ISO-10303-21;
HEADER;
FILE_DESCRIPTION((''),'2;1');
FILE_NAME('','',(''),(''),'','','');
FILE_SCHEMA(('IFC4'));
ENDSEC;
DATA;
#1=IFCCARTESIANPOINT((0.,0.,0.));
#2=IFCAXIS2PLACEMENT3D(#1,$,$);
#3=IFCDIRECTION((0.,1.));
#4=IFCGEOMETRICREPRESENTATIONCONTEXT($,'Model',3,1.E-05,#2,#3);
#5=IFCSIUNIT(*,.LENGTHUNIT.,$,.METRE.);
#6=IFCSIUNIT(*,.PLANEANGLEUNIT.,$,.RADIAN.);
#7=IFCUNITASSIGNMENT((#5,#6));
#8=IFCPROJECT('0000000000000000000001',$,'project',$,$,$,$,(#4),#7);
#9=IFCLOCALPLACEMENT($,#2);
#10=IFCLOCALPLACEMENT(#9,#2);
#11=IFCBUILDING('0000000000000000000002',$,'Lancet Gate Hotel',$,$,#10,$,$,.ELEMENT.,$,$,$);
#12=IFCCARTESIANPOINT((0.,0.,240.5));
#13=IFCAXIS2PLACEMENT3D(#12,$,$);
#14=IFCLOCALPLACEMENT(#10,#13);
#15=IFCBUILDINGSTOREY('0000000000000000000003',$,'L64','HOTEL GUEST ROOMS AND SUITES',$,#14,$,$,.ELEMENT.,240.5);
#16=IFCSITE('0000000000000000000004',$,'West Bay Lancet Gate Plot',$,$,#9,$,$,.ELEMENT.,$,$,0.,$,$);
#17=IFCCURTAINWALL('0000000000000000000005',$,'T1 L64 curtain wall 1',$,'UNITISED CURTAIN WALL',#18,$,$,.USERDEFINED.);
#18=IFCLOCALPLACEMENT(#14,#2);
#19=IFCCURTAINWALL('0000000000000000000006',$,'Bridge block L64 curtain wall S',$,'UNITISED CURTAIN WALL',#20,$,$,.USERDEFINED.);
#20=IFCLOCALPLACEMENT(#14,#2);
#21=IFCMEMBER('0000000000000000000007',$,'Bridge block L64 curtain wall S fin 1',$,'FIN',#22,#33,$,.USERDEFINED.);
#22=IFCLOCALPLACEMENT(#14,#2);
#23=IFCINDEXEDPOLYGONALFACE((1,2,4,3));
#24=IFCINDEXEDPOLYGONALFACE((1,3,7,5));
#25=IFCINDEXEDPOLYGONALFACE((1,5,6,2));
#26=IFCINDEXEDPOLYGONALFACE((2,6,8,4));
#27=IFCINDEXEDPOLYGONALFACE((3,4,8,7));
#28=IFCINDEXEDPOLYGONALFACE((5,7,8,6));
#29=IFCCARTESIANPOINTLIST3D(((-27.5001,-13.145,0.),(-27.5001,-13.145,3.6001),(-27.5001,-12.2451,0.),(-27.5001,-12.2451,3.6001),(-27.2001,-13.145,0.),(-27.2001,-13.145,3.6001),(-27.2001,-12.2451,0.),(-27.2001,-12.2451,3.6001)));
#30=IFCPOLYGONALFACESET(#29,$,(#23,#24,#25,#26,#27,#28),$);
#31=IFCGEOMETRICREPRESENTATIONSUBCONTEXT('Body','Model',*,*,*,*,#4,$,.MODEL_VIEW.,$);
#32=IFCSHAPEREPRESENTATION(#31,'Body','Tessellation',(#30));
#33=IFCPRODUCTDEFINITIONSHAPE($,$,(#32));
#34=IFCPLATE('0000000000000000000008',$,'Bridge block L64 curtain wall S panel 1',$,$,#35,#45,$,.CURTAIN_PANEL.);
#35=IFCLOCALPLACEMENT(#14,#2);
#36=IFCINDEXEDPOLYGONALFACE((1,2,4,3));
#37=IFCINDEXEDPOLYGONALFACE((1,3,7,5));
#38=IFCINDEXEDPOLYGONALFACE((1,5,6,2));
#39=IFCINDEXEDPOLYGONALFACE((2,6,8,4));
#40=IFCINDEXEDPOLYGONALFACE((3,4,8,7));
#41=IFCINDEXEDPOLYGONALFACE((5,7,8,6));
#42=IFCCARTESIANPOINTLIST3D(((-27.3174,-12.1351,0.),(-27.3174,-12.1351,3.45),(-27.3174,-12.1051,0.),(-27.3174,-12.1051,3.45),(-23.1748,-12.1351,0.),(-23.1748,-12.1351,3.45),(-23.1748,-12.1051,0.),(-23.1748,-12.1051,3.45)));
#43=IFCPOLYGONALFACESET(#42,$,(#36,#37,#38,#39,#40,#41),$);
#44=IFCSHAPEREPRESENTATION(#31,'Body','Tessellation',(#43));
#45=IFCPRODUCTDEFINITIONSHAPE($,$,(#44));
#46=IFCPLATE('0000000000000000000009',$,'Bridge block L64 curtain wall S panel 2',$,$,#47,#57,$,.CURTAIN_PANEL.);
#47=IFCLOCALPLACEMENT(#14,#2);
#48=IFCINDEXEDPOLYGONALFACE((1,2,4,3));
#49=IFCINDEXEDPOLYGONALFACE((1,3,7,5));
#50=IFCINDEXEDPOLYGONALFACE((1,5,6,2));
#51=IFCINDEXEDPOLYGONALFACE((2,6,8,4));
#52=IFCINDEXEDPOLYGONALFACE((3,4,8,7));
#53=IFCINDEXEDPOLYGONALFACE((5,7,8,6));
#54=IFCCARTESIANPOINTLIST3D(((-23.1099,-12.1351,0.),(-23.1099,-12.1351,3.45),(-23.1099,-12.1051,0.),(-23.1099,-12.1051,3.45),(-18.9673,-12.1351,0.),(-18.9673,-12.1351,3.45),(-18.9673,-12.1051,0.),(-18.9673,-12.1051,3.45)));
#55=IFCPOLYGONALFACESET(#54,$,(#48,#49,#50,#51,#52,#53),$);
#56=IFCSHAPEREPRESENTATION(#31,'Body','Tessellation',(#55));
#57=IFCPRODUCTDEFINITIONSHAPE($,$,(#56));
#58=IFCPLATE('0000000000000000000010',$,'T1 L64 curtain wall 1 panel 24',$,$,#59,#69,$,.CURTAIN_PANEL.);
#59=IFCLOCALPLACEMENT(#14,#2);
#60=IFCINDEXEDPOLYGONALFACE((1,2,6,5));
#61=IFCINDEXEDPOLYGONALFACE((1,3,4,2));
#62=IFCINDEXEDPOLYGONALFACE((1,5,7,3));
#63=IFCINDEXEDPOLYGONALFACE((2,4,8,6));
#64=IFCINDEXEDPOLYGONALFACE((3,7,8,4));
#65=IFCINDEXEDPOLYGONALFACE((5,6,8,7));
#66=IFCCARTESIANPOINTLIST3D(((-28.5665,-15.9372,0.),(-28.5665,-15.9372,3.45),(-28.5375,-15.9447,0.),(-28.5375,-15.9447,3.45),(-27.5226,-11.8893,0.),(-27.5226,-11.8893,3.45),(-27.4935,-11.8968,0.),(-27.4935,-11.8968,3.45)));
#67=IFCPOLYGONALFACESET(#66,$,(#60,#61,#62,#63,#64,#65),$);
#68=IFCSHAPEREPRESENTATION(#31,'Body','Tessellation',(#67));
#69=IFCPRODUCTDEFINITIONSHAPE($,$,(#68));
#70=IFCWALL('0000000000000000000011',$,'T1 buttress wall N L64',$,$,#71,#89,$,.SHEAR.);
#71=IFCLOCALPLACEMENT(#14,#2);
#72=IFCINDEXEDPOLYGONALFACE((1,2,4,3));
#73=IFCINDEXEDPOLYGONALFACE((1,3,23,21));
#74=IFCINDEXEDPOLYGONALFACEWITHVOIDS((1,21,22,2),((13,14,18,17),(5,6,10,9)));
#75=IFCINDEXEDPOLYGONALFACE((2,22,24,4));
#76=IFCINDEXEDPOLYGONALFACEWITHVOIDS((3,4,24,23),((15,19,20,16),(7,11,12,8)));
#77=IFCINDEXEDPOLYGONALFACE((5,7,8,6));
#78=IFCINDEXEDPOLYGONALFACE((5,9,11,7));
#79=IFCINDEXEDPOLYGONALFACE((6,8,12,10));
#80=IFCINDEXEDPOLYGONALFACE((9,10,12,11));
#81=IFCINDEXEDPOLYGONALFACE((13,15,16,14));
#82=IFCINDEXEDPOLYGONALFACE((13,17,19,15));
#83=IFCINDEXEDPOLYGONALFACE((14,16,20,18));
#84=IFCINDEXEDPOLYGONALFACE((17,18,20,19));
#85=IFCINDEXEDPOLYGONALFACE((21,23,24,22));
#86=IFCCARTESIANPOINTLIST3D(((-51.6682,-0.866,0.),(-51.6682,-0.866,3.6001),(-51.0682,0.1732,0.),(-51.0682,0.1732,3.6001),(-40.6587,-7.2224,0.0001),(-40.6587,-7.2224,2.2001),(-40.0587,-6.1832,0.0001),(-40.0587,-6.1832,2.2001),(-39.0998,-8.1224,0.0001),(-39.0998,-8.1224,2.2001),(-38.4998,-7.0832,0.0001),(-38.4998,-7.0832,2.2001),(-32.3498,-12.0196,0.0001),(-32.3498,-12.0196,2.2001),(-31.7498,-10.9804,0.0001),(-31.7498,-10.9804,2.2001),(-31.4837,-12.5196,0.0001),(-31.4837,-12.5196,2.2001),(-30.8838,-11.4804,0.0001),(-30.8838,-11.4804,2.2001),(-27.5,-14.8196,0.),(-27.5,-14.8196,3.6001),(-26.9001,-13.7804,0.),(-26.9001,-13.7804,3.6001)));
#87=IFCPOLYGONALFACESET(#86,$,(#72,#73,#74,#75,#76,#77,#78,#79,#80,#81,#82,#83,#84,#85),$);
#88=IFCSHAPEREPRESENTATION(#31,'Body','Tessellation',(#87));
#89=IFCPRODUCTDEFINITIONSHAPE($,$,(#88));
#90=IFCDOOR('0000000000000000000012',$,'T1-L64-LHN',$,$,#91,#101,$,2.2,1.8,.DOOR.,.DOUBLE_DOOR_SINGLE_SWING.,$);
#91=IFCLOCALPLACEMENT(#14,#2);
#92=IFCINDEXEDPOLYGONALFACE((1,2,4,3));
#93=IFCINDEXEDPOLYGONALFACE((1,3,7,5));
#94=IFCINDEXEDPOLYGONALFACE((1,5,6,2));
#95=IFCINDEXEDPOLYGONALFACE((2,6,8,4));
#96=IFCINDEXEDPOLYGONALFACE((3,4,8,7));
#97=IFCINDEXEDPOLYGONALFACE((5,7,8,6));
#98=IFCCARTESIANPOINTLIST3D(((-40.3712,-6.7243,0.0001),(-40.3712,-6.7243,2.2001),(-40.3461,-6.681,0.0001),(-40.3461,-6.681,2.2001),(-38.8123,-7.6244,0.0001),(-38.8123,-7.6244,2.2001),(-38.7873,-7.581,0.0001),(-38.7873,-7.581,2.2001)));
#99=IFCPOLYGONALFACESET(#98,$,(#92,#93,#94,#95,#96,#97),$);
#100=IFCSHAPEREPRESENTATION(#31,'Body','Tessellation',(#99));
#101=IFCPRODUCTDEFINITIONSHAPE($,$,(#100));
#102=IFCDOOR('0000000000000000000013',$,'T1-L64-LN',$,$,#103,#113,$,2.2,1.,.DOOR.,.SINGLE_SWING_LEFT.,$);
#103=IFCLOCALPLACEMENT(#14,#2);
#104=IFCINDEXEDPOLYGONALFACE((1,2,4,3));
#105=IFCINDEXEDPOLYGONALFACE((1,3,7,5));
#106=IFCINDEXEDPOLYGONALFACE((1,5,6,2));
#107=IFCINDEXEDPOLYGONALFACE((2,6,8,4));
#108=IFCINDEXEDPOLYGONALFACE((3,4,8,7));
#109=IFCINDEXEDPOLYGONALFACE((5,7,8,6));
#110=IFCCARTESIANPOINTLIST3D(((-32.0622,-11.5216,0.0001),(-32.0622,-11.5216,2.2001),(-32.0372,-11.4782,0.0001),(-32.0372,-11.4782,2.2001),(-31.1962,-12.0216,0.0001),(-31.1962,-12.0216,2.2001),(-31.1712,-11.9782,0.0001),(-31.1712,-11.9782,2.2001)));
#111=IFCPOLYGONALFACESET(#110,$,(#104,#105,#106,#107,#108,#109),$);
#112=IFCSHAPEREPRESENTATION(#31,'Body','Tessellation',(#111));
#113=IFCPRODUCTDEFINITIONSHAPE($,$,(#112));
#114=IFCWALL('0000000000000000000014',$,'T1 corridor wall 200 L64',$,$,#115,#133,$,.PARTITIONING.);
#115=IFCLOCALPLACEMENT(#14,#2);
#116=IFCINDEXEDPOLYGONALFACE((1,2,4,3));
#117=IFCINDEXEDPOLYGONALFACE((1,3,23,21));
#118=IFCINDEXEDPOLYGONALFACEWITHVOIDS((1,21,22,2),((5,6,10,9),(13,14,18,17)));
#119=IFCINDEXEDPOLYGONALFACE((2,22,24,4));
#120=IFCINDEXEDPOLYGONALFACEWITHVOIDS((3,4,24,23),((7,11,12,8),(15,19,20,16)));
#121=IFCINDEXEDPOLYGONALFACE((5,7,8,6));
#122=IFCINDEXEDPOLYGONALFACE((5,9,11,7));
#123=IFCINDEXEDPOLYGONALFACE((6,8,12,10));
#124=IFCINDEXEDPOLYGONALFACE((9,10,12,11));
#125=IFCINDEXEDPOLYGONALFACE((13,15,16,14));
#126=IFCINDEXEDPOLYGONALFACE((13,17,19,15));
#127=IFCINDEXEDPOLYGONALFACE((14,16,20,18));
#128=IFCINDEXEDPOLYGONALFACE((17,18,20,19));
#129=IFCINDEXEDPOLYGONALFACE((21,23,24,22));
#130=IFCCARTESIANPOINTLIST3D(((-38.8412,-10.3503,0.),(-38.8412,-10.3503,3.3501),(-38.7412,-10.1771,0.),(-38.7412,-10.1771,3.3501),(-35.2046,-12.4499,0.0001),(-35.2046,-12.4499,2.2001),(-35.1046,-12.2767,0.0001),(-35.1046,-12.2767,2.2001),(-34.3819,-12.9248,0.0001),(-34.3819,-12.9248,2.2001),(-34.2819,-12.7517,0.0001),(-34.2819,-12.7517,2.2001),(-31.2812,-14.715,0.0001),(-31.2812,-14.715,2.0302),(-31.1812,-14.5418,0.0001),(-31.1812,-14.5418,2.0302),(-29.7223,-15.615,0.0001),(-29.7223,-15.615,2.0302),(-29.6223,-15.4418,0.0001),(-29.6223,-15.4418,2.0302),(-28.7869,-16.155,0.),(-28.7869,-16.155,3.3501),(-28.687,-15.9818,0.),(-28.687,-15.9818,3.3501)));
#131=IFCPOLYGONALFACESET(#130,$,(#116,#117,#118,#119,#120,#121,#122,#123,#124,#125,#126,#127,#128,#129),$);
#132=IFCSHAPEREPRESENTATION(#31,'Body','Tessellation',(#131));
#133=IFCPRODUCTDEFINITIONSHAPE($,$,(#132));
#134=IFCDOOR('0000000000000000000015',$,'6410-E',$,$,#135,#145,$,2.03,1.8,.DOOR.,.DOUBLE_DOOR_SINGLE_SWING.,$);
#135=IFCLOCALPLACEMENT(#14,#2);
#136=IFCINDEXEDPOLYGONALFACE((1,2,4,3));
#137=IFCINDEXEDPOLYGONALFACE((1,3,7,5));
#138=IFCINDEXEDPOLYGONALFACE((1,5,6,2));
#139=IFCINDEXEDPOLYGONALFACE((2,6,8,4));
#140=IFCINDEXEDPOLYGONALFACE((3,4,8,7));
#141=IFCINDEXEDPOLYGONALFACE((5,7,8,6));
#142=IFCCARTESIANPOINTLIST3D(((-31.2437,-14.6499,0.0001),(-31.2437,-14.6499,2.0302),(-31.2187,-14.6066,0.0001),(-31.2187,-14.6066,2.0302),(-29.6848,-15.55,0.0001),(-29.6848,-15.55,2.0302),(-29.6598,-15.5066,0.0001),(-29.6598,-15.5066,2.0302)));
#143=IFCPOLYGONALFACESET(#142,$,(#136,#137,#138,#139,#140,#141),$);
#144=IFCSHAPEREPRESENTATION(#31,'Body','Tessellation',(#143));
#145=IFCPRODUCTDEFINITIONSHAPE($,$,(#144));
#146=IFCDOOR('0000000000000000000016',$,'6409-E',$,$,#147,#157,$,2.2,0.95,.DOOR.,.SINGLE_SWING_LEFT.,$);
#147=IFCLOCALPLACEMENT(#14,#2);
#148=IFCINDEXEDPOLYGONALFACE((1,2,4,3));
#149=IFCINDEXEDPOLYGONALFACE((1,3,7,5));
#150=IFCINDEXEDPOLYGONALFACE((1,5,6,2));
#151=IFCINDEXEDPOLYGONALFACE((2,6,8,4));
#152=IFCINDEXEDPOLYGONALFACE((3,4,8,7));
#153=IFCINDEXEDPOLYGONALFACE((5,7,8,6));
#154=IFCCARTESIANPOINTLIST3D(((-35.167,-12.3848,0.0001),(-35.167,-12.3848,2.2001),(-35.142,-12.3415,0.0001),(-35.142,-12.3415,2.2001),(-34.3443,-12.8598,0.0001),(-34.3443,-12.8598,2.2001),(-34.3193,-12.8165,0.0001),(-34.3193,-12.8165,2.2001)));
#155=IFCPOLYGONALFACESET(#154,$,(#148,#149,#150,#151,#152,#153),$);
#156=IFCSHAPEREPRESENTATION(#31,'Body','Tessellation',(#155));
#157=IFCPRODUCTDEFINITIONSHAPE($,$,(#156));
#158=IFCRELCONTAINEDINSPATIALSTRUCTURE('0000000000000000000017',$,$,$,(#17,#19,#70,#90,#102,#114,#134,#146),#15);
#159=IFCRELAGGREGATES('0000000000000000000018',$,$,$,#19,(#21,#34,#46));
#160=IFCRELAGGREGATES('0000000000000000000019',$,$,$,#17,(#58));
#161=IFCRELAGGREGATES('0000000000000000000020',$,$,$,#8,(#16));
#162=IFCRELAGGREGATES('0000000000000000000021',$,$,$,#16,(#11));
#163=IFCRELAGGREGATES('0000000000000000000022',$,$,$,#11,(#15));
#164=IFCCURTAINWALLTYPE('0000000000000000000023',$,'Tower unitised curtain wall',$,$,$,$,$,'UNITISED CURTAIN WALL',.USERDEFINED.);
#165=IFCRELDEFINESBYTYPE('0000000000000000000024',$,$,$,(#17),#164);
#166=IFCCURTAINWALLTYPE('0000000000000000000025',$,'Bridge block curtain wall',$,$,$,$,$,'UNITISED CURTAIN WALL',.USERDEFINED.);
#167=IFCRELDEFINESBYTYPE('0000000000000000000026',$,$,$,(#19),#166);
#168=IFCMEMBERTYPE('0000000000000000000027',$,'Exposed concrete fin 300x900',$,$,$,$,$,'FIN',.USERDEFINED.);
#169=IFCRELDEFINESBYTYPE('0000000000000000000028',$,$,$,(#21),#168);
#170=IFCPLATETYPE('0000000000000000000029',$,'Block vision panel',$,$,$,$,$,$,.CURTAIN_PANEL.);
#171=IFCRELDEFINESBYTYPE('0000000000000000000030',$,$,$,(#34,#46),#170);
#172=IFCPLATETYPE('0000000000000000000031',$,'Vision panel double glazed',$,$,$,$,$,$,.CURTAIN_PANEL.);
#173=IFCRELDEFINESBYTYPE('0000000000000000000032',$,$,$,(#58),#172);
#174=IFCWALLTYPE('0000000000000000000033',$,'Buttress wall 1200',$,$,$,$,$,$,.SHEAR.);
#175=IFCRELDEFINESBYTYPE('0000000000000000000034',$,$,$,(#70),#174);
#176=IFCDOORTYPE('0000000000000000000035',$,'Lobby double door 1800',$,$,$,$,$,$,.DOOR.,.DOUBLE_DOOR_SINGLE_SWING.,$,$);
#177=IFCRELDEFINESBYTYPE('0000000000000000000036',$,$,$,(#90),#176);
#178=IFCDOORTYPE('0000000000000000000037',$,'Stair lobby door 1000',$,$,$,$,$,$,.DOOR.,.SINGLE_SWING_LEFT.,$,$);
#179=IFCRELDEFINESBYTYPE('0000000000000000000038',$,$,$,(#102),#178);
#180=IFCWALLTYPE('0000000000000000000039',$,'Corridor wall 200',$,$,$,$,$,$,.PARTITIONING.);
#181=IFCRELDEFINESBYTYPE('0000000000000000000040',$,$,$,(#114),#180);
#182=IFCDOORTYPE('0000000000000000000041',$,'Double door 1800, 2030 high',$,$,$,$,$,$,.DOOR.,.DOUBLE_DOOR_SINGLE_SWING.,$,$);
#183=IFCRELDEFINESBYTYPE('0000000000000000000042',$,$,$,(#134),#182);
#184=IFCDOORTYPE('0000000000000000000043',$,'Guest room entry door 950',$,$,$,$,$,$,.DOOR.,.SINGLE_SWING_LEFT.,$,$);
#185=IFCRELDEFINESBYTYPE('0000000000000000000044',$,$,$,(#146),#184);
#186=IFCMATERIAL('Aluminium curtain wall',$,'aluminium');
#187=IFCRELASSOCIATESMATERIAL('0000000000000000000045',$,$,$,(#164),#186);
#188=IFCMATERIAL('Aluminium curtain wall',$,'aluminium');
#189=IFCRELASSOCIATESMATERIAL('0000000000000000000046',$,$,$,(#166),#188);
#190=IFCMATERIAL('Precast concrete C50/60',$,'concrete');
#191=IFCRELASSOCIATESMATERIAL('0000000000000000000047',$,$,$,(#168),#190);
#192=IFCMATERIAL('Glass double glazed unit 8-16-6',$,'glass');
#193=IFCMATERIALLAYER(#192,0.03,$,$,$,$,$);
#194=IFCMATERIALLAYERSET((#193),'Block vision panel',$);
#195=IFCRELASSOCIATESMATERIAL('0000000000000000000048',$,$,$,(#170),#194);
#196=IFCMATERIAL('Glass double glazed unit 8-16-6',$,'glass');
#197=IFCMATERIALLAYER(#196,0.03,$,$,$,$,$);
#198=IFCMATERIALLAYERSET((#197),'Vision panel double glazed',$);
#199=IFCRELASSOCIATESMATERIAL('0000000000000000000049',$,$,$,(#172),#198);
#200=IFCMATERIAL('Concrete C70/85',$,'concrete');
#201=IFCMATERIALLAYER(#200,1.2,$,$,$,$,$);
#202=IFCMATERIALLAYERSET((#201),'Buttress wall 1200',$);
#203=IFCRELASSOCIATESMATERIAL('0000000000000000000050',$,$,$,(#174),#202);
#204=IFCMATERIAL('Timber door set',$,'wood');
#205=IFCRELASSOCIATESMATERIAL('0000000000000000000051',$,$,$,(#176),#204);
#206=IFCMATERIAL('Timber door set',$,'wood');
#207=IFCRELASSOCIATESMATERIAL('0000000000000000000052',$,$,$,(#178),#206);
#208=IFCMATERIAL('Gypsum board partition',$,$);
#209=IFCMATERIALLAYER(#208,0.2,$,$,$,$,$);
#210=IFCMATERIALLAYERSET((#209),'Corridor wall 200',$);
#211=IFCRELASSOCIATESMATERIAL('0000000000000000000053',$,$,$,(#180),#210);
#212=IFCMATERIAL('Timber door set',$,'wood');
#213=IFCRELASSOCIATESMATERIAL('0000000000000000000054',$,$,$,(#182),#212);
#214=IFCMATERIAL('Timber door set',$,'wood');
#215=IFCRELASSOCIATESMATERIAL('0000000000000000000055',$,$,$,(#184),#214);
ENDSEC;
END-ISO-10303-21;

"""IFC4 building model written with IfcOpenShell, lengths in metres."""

from ifc_helpers import new_model, si_unit, direction, frame, frame_2d, origin, origin_2d, place, context, subcontext, project, spatial, rectangle, extrude, material, layer, layer_set, material_profile, profile_set, type_object, element, fill, aggregate, save


model = new_model("IFC4")

# Units and contexts
model_context = context("Model", 3, precision=1e-05, world=origin(), true_north=direction((0.0, 1.0)))
body_context = subcontext(model_context, "Body", "Model", "MODEL_VIEW")
ifc_project = project(units=[si_unit("LENGTHUNIT", "METRE"), si_unit("PLANEANGLEUNIT", "RADIAN")], contexts=[model_context])

# Site, building, storey
site_placement = place(None, origin())
site = spatial("IfcSite", under=ifc_project, at=site_placement, Name="West Bay Lancet Gate Plot", CompositionType="ELEMENT", RefElevation=0.0)
building_placement = place(site_placement, origin())
building = spatial("IfcBuilding", under=site, at=building_placement, Name="Lancet Gate Hotel", CompositionType="ELEMENT")
storey_placement = place(building_placement, frame((0.0, 0.0, 240.5)))
storey = spatial("IfcBuildingStorey", under=building, at=storey_placement, Name="L64", Description="HOTEL GUEST ROOMS AND SUITES", CompositionType="ELEMENT", Elevation=240.5)

# Curtain walls
ifc_material_1 = material(Name="Aluminium curtain wall", Category="aluminium")
curtain_wall_type_1 = type_object("IfcCurtainWallType", Name="Tower unitised curtain wall", ElementType="UNITISED CURTAIN WALL", PredefinedType="USERDEFINED", material=ifc_material_1)
curtain_wall_1_placement = place(storey_placement, origin())
curtain_wall_1 = element("IfcCurtainWall", 1, at=curtain_wall_1_placement, inside=storey, type_object=curtain_wall_type_1, Name="T1 L64 curtain wall 1", ObjectType="UNITISED CURTAIN WALL", PredefinedType="USERDEFINED")
ifc_material_2 = material(Name="Aluminium curtain wall", Category="aluminium")
curtain_wall_type_2 = type_object("IfcCurtainWallType", Name="Bridge block curtain wall", ElementType="UNITISED CURTAIN WALL", PredefinedType="USERDEFINED", material=ifc_material_2)
curtain_wall_2_placement = place(storey_placement, origin())
curtain_wall_2 = element("IfcCurtainWall", 2, at=curtain_wall_2_placement, inside=storey, type_object=curtain_wall_type_2, Name="Bridge block L64 curtain wall S", ObjectType="UNITISED CURTAIN WALL", PredefinedType="USERDEFINED")

# Member
ifc_material_3 = material(Name="Precast concrete C50/60", Category="concrete")
ifc_material_profile_1 = material_profile(ifc_material_3, rectangle(XDim=0.3, YDim=0.8999, at=origin_2d()), Name="FIN 300x900")
ifc_profile_set_1 = profile_set([ifc_material_profile_1], Name="Precast concrete C50/60")
member_type_1 = type_object("IfcMemberType", Name="Exposed concrete fin 300x900", ElementType="FIN", PredefinedType="USERDEFINED", material=ifc_profile_set_1)
member_1_placement = place(storey_placement, frame((-27.3501, -12.6951, 0.0), z_axis=(0.0, 0.0, 1.0), x_axis=(1.0, 0.0, 0.0)))
member_1 = element("IfcMember", 3, at=member_1_placement, type_object=member_type_1, Name="Bridge block L64 curtain wall S fin 1", ObjectType="FIN", PredefinedType="USERDEFINED", context=body_context, shape_type="SweptSolid", body=[
    extrude(rectangle(XDim=0.3, YDim=0.8999, at=origin_2d()), origin(), (0.0, 0.0, 1.0), 3.6001),
])

# Plates
ifc_material_4 = material(Name="Glass double glazed unit 8-16-6", Category="glass")
ifc_layer_1 = layer(ifc_material_4, 0.03)
ifc_layer_set_1 = layer_set([ifc_layer_1], Name="Block vision panel")
plate_type_1 = type_object("IfcPlateType", Name="Block vision panel", PredefinedType="CURTAIN_PANEL", material=ifc_layer_set_1)
plate_1_placement = place(storey_placement, frame((-25.2461, -12.1201, 0.0), z_axis=(0.0, 0.0, 1.0), x_axis=(1.0, 0.0, 0.0)))
plate_1 = element("IfcPlate", 4, at=plate_1_placement, type_object=plate_type_1, Name="Bridge block L64 curtain wall S panel 1", PredefinedType="CURTAIN_PANEL", context=body_context, shape_type="SweptSolid", body=[
    extrude(rectangle(XDim=4.1426, YDim=0.03, at=origin_2d()), origin(), (0.0, 0.0, 1.0), 3.45),
])
plate_2_placement = place(storey_placement, frame((-21.0386, -12.1201, 0.0), z_axis=(0.0, 0.0, 1.0), x_axis=(1.0, 0.0, 0.0)))
plate_2 = element("IfcPlate", 5, at=plate_2_placement, type_object=plate_type_1, Name="Bridge block L64 curtain wall S panel 2", PredefinedType="CURTAIN_PANEL", context=body_context, shape_type="SweptSolid", body=[
    extrude(rectangle(XDim=4.1426, YDim=0.03, at=origin_2d()), origin(), (0.0, 0.0, 1.0), 3.45),
])
aggregate(curtain_wall_2, [member_1, plate_1, plate_2])
ifc_material_5 = material(Name="Glass double glazed unit 8-16-6", Category="glass")
ifc_layer_2 = layer(ifc_material_5, 0.03)
ifc_layer_set_2 = layer_set([ifc_layer_2], Name="Vision panel double glazed")
plate_type_2 = type_object("IfcPlateType", Name="Vision panel double glazed", PredefinedType="CURTAIN_PANEL", material=ifc_layer_set_2)
plate_3_placement = place(storey_placement, frame((-28.03, -13.917, 0.0), z_axis=(0.0, 0.0, 1.0), x_axis=(0.249726, 0.968317, 0.0)))
plate_3 = element("IfcPlate", 6, at=plate_3_placement, type_object=plate_type_2, Name="T1 L64 curtain wall 1 panel 24", PredefinedType="CURTAIN_PANEL", context=body_context, shape_type="SweptSolid", body=[
    extrude(rectangle(XDim=4.1804, YDim=0.03, at=origin_2d()), origin(), (0.0, 0.0, 1.0), 3.45),
])
aggregate(curtain_wall_1, [plate_3])

# Walls, openings, doors
ifc_material_6 = material(Name="Concrete C70/85", Category="concrete")
ifc_layer_3 = layer(ifc_material_6, 1.2)
ifc_layer_set_3 = layer_set([ifc_layer_3], Name="Buttress wall 1200")
wall_type_1 = type_object("IfcWallType", Name="Buttress wall 1200", PredefinedType="SHEAR", material=ifc_layer_set_3)
wall_1_placement = place(storey_placement, frame((-27.2, -14.3, 0.0), z_axis=(0.0, 0.0, 1.0), x_axis=(-0.866024, 0.500002, 0.0)))
wall_1 = element("IfcWall", 7, at=wall_1_placement, inside=storey, type_object=wall_type_1, Name="T1 buttress wall N L64", PredefinedType="SHEAR", context=body_context, shape_type="SweptSolid", body=[
    extrude(rectangle(XDim=27.907, YDim=1.2, at=frame_2d((13.9536, 0.0))), origin(), (0.0, 0.0, 1.0), 3.6001),
])
opening_1_placement = place(wall_1_placement, frame((4.6001, 0.0, 0.0)))
opening_1 = element("IfcOpeningElement", 8, at=opening_1_placement, cuts=wall_1, PredefinedType="OPENING", context=body_context, shape_type="SweptSolid", body=[
    extrude(rectangle(XDim=1.0, YDim=2.2, at=frame_2d((0.5, 1.1001))), frame((0.0, 0.6099, 0.0), z_axis=(0.0, -1.0, 0.0), x_axis=(1.0, 0.0, 0.0)), (0.0, 0.0, 1.0), 1.22),
])
opening_2_placement = place(wall_1_placement, frame((13.3945, 0.0, 0.0)))
opening_2 = element("IfcOpeningElement", 9, at=opening_2_placement, cuts=wall_1, PredefinedType="OPENING", context=body_context, shape_type="SweptSolid", body=[
    extrude(rectangle(XDim=1.8, YDim=2.2, at=frame_2d((0.8999, 1.1001))), frame((0.0, 0.6099, 0.0), z_axis=(0.0, -1.0, 0.0), x_axis=(1.0, 0.0, 0.0)), (0.0, 0.0, 1.0), 1.22),
])
ifc_material_7 = material(Name="Timber door set", Category="wood")
door_type_1 = type_object("IfcDoorType", Name="Lobby double door 1800", OperationType="DOUBLE_DOOR_SINGLE_SWING", PredefinedType="DOOR", material=ifc_material_7)
door_1_placement = place(opening_2_placement, origin())
door_1 = element("IfcDoor", 10, at=door_1_placement, inside=storey, type_object=door_type_1, Name="T1-L64-LHN", OperationType="DOUBLE_DOOR_SINGLE_SWING", OverallHeight=2.2, OverallWidth=1.8, PredefinedType="DOOR", context=body_context, shape_type="SweptSolid", body=[
    extrude(rectangle(XDim=1.8, YDim=2.2, at=frame_2d((0.8999, 1.1001))), frame((0.0, 0.0249, 0.0), z_axis=(0.0, -1.0, 0.0), x_axis=(1.0, 0.0, 0.0)), (0.0, 0.0, 1.0), 0.05),
])
fill(opening_2, door_1)
ifc_material_8 = material(Name="Timber door set", Category="wood")
door_type_2 = type_object("IfcDoorType", Name="Stair lobby door 1000", OperationType="SINGLE_SWING_LEFT", PredefinedType="DOOR", material=ifc_material_8)
door_2_placement = place(opening_1_placement, origin())
door_2 = element("IfcDoor", 11, at=door_2_placement, inside=storey, type_object=door_type_2, Name="T1-L64-LN", OperationType="SINGLE_SWING_LEFT", OverallHeight=2.2, OverallWidth=1.0, PredefinedType="DOOR", context=body_context, shape_type="SweptSolid", body=[
    extrude(rectangle(XDim=1.0, YDim=2.2, at=frame_2d((0.5, 1.1001))), frame((0.0, 0.0249, 0.0), z_axis=(0.0, -1.0, 0.0), x_axis=(1.0, 0.0, 0.0)), (0.0, 0.0, 1.0), 0.05),
])
fill(opening_1, door_2)
ifc_material_9 = material(Name="Gypsum board partition")
ifc_layer_4 = layer(ifc_material_9, 0.2)
ifc_layer_set_4 = layer_set([ifc_layer_4], Name="Corridor wall 200")
wall_type_2 = type_object("IfcWallType", Name="Corridor wall 200", PredefinedType="PARTITIONING", material=ifc_layer_set_4)
wall_2_placement = place(storey_placement, frame((-28.7371, -16.0684, 0.0), z_axis=(0.0, 0.0, 1.0), x_axis=(-0.866029, 0.499993, 0.0)))
wall_2 = element("IfcWall", 12, at=wall_2_placement, inside=storey, type_object=wall_type_2, Name="T1 corridor wall 200 L64", PredefinedType="PARTITIONING", context=body_context, shape_type="SweptSolid", body=[
    extrude(rectangle(XDim=11.6096, YDim=0.2, at=frame_2d((5.8047, 0.0))), origin(), (0.0, 0.0, 1.0), 3.3501),
])
opening_3_placement = place(wall_2_placement, frame((1.0801, 0.0, 0.0)))
opening_3 = element("IfcOpeningElement", 13, at=opening_3_placement, cuts=wall_2, PredefinedType="OPENING", context=body_context, shape_type="SweptSolid", body=[
    extrude(rectangle(XDim=1.8, YDim=2.03, at=frame_2d((0.8999, 1.0151))), frame((0.0, 0.1099, 0.0), z_axis=(0.0, -1.0, 0.0), x_axis=(1.0, 0.0, 0.0)), (0.0, 0.0, 1.0), 0.22),
])
opening_4_placement = place(wall_2_placement, frame((6.4602, 0.0, 0.0)))
opening_4 = element("IfcOpeningElement", 14, at=opening_4_placement, cuts=wall_2, PredefinedType="OPENING", context=body_context, shape_type="SweptSolid", body=[
    extrude(rectangle(XDim=0.95, YDim=2.2, at=frame_2d((0.4751, 1.1001))), frame((0.0, 0.1099, 0.0), z_axis=(0.0, -1.0, 0.0), x_axis=(1.0, 0.0, 0.0)), (0.0, 0.0, 1.0), 0.22),
])
ifc_material_10 = material(Name="Timber door set", Category="wood")
door_type_3 = type_object("IfcDoorType", Name="Double door 1800, 2030 high", OperationType="DOUBLE_DOOR_SINGLE_SWING", PredefinedType="DOOR", material=ifc_material_10)
door_3_placement = place(opening_3_placement, origin())
door_3 = element("IfcDoor", 15, at=door_3_placement, inside=storey, type_object=door_type_3, Name="6410-E", OperationType="DOUBLE_DOOR_SINGLE_SWING", OverallHeight=2.03, OverallWidth=1.8, PredefinedType="DOOR", context=body_context, shape_type="SweptSolid", body=[
    extrude(rectangle(XDim=1.8, YDim=2.03, at=frame_2d((0.8999, 1.0151))), frame((0.0, 0.0249, 0.0), z_axis=(0.0, -1.0, 0.0), x_axis=(1.0, 0.0, 0.0)), (0.0, 0.0, 1.0), 0.05),
])
fill(opening_3, door_3)
ifc_material_11 = material(Name="Timber door set", Category="wood")
door_type_4 = type_object("IfcDoorType", Name="Guest room entry door 950", OperationType="SINGLE_SWING_LEFT", PredefinedType="DOOR", material=ifc_material_11)
door_4_placement = place(opening_4_placement, origin())
door_4 = element("IfcDoor", 16, at=door_4_placement, inside=storey, type_object=door_type_4, Name="6409-E", OperationType="SINGLE_SWING_LEFT", OverallHeight=2.2, OverallWidth=0.95, PredefinedType="DOOR", context=body_context, shape_type="SweptSolid", body=[
    extrude(rectangle(XDim=0.95, YDim=2.2, at=frame_2d((0.4751, 1.1001))), frame((0.0, 0.0249, 0.0), z_axis=(0.0, -1.0, 0.0), x_axis=(1.0, 0.0, 0.0)), (0.0, 0.0, 1.0), 0.05),
])
fill(opening_4, door_4)

save(model, "model.ifc")
